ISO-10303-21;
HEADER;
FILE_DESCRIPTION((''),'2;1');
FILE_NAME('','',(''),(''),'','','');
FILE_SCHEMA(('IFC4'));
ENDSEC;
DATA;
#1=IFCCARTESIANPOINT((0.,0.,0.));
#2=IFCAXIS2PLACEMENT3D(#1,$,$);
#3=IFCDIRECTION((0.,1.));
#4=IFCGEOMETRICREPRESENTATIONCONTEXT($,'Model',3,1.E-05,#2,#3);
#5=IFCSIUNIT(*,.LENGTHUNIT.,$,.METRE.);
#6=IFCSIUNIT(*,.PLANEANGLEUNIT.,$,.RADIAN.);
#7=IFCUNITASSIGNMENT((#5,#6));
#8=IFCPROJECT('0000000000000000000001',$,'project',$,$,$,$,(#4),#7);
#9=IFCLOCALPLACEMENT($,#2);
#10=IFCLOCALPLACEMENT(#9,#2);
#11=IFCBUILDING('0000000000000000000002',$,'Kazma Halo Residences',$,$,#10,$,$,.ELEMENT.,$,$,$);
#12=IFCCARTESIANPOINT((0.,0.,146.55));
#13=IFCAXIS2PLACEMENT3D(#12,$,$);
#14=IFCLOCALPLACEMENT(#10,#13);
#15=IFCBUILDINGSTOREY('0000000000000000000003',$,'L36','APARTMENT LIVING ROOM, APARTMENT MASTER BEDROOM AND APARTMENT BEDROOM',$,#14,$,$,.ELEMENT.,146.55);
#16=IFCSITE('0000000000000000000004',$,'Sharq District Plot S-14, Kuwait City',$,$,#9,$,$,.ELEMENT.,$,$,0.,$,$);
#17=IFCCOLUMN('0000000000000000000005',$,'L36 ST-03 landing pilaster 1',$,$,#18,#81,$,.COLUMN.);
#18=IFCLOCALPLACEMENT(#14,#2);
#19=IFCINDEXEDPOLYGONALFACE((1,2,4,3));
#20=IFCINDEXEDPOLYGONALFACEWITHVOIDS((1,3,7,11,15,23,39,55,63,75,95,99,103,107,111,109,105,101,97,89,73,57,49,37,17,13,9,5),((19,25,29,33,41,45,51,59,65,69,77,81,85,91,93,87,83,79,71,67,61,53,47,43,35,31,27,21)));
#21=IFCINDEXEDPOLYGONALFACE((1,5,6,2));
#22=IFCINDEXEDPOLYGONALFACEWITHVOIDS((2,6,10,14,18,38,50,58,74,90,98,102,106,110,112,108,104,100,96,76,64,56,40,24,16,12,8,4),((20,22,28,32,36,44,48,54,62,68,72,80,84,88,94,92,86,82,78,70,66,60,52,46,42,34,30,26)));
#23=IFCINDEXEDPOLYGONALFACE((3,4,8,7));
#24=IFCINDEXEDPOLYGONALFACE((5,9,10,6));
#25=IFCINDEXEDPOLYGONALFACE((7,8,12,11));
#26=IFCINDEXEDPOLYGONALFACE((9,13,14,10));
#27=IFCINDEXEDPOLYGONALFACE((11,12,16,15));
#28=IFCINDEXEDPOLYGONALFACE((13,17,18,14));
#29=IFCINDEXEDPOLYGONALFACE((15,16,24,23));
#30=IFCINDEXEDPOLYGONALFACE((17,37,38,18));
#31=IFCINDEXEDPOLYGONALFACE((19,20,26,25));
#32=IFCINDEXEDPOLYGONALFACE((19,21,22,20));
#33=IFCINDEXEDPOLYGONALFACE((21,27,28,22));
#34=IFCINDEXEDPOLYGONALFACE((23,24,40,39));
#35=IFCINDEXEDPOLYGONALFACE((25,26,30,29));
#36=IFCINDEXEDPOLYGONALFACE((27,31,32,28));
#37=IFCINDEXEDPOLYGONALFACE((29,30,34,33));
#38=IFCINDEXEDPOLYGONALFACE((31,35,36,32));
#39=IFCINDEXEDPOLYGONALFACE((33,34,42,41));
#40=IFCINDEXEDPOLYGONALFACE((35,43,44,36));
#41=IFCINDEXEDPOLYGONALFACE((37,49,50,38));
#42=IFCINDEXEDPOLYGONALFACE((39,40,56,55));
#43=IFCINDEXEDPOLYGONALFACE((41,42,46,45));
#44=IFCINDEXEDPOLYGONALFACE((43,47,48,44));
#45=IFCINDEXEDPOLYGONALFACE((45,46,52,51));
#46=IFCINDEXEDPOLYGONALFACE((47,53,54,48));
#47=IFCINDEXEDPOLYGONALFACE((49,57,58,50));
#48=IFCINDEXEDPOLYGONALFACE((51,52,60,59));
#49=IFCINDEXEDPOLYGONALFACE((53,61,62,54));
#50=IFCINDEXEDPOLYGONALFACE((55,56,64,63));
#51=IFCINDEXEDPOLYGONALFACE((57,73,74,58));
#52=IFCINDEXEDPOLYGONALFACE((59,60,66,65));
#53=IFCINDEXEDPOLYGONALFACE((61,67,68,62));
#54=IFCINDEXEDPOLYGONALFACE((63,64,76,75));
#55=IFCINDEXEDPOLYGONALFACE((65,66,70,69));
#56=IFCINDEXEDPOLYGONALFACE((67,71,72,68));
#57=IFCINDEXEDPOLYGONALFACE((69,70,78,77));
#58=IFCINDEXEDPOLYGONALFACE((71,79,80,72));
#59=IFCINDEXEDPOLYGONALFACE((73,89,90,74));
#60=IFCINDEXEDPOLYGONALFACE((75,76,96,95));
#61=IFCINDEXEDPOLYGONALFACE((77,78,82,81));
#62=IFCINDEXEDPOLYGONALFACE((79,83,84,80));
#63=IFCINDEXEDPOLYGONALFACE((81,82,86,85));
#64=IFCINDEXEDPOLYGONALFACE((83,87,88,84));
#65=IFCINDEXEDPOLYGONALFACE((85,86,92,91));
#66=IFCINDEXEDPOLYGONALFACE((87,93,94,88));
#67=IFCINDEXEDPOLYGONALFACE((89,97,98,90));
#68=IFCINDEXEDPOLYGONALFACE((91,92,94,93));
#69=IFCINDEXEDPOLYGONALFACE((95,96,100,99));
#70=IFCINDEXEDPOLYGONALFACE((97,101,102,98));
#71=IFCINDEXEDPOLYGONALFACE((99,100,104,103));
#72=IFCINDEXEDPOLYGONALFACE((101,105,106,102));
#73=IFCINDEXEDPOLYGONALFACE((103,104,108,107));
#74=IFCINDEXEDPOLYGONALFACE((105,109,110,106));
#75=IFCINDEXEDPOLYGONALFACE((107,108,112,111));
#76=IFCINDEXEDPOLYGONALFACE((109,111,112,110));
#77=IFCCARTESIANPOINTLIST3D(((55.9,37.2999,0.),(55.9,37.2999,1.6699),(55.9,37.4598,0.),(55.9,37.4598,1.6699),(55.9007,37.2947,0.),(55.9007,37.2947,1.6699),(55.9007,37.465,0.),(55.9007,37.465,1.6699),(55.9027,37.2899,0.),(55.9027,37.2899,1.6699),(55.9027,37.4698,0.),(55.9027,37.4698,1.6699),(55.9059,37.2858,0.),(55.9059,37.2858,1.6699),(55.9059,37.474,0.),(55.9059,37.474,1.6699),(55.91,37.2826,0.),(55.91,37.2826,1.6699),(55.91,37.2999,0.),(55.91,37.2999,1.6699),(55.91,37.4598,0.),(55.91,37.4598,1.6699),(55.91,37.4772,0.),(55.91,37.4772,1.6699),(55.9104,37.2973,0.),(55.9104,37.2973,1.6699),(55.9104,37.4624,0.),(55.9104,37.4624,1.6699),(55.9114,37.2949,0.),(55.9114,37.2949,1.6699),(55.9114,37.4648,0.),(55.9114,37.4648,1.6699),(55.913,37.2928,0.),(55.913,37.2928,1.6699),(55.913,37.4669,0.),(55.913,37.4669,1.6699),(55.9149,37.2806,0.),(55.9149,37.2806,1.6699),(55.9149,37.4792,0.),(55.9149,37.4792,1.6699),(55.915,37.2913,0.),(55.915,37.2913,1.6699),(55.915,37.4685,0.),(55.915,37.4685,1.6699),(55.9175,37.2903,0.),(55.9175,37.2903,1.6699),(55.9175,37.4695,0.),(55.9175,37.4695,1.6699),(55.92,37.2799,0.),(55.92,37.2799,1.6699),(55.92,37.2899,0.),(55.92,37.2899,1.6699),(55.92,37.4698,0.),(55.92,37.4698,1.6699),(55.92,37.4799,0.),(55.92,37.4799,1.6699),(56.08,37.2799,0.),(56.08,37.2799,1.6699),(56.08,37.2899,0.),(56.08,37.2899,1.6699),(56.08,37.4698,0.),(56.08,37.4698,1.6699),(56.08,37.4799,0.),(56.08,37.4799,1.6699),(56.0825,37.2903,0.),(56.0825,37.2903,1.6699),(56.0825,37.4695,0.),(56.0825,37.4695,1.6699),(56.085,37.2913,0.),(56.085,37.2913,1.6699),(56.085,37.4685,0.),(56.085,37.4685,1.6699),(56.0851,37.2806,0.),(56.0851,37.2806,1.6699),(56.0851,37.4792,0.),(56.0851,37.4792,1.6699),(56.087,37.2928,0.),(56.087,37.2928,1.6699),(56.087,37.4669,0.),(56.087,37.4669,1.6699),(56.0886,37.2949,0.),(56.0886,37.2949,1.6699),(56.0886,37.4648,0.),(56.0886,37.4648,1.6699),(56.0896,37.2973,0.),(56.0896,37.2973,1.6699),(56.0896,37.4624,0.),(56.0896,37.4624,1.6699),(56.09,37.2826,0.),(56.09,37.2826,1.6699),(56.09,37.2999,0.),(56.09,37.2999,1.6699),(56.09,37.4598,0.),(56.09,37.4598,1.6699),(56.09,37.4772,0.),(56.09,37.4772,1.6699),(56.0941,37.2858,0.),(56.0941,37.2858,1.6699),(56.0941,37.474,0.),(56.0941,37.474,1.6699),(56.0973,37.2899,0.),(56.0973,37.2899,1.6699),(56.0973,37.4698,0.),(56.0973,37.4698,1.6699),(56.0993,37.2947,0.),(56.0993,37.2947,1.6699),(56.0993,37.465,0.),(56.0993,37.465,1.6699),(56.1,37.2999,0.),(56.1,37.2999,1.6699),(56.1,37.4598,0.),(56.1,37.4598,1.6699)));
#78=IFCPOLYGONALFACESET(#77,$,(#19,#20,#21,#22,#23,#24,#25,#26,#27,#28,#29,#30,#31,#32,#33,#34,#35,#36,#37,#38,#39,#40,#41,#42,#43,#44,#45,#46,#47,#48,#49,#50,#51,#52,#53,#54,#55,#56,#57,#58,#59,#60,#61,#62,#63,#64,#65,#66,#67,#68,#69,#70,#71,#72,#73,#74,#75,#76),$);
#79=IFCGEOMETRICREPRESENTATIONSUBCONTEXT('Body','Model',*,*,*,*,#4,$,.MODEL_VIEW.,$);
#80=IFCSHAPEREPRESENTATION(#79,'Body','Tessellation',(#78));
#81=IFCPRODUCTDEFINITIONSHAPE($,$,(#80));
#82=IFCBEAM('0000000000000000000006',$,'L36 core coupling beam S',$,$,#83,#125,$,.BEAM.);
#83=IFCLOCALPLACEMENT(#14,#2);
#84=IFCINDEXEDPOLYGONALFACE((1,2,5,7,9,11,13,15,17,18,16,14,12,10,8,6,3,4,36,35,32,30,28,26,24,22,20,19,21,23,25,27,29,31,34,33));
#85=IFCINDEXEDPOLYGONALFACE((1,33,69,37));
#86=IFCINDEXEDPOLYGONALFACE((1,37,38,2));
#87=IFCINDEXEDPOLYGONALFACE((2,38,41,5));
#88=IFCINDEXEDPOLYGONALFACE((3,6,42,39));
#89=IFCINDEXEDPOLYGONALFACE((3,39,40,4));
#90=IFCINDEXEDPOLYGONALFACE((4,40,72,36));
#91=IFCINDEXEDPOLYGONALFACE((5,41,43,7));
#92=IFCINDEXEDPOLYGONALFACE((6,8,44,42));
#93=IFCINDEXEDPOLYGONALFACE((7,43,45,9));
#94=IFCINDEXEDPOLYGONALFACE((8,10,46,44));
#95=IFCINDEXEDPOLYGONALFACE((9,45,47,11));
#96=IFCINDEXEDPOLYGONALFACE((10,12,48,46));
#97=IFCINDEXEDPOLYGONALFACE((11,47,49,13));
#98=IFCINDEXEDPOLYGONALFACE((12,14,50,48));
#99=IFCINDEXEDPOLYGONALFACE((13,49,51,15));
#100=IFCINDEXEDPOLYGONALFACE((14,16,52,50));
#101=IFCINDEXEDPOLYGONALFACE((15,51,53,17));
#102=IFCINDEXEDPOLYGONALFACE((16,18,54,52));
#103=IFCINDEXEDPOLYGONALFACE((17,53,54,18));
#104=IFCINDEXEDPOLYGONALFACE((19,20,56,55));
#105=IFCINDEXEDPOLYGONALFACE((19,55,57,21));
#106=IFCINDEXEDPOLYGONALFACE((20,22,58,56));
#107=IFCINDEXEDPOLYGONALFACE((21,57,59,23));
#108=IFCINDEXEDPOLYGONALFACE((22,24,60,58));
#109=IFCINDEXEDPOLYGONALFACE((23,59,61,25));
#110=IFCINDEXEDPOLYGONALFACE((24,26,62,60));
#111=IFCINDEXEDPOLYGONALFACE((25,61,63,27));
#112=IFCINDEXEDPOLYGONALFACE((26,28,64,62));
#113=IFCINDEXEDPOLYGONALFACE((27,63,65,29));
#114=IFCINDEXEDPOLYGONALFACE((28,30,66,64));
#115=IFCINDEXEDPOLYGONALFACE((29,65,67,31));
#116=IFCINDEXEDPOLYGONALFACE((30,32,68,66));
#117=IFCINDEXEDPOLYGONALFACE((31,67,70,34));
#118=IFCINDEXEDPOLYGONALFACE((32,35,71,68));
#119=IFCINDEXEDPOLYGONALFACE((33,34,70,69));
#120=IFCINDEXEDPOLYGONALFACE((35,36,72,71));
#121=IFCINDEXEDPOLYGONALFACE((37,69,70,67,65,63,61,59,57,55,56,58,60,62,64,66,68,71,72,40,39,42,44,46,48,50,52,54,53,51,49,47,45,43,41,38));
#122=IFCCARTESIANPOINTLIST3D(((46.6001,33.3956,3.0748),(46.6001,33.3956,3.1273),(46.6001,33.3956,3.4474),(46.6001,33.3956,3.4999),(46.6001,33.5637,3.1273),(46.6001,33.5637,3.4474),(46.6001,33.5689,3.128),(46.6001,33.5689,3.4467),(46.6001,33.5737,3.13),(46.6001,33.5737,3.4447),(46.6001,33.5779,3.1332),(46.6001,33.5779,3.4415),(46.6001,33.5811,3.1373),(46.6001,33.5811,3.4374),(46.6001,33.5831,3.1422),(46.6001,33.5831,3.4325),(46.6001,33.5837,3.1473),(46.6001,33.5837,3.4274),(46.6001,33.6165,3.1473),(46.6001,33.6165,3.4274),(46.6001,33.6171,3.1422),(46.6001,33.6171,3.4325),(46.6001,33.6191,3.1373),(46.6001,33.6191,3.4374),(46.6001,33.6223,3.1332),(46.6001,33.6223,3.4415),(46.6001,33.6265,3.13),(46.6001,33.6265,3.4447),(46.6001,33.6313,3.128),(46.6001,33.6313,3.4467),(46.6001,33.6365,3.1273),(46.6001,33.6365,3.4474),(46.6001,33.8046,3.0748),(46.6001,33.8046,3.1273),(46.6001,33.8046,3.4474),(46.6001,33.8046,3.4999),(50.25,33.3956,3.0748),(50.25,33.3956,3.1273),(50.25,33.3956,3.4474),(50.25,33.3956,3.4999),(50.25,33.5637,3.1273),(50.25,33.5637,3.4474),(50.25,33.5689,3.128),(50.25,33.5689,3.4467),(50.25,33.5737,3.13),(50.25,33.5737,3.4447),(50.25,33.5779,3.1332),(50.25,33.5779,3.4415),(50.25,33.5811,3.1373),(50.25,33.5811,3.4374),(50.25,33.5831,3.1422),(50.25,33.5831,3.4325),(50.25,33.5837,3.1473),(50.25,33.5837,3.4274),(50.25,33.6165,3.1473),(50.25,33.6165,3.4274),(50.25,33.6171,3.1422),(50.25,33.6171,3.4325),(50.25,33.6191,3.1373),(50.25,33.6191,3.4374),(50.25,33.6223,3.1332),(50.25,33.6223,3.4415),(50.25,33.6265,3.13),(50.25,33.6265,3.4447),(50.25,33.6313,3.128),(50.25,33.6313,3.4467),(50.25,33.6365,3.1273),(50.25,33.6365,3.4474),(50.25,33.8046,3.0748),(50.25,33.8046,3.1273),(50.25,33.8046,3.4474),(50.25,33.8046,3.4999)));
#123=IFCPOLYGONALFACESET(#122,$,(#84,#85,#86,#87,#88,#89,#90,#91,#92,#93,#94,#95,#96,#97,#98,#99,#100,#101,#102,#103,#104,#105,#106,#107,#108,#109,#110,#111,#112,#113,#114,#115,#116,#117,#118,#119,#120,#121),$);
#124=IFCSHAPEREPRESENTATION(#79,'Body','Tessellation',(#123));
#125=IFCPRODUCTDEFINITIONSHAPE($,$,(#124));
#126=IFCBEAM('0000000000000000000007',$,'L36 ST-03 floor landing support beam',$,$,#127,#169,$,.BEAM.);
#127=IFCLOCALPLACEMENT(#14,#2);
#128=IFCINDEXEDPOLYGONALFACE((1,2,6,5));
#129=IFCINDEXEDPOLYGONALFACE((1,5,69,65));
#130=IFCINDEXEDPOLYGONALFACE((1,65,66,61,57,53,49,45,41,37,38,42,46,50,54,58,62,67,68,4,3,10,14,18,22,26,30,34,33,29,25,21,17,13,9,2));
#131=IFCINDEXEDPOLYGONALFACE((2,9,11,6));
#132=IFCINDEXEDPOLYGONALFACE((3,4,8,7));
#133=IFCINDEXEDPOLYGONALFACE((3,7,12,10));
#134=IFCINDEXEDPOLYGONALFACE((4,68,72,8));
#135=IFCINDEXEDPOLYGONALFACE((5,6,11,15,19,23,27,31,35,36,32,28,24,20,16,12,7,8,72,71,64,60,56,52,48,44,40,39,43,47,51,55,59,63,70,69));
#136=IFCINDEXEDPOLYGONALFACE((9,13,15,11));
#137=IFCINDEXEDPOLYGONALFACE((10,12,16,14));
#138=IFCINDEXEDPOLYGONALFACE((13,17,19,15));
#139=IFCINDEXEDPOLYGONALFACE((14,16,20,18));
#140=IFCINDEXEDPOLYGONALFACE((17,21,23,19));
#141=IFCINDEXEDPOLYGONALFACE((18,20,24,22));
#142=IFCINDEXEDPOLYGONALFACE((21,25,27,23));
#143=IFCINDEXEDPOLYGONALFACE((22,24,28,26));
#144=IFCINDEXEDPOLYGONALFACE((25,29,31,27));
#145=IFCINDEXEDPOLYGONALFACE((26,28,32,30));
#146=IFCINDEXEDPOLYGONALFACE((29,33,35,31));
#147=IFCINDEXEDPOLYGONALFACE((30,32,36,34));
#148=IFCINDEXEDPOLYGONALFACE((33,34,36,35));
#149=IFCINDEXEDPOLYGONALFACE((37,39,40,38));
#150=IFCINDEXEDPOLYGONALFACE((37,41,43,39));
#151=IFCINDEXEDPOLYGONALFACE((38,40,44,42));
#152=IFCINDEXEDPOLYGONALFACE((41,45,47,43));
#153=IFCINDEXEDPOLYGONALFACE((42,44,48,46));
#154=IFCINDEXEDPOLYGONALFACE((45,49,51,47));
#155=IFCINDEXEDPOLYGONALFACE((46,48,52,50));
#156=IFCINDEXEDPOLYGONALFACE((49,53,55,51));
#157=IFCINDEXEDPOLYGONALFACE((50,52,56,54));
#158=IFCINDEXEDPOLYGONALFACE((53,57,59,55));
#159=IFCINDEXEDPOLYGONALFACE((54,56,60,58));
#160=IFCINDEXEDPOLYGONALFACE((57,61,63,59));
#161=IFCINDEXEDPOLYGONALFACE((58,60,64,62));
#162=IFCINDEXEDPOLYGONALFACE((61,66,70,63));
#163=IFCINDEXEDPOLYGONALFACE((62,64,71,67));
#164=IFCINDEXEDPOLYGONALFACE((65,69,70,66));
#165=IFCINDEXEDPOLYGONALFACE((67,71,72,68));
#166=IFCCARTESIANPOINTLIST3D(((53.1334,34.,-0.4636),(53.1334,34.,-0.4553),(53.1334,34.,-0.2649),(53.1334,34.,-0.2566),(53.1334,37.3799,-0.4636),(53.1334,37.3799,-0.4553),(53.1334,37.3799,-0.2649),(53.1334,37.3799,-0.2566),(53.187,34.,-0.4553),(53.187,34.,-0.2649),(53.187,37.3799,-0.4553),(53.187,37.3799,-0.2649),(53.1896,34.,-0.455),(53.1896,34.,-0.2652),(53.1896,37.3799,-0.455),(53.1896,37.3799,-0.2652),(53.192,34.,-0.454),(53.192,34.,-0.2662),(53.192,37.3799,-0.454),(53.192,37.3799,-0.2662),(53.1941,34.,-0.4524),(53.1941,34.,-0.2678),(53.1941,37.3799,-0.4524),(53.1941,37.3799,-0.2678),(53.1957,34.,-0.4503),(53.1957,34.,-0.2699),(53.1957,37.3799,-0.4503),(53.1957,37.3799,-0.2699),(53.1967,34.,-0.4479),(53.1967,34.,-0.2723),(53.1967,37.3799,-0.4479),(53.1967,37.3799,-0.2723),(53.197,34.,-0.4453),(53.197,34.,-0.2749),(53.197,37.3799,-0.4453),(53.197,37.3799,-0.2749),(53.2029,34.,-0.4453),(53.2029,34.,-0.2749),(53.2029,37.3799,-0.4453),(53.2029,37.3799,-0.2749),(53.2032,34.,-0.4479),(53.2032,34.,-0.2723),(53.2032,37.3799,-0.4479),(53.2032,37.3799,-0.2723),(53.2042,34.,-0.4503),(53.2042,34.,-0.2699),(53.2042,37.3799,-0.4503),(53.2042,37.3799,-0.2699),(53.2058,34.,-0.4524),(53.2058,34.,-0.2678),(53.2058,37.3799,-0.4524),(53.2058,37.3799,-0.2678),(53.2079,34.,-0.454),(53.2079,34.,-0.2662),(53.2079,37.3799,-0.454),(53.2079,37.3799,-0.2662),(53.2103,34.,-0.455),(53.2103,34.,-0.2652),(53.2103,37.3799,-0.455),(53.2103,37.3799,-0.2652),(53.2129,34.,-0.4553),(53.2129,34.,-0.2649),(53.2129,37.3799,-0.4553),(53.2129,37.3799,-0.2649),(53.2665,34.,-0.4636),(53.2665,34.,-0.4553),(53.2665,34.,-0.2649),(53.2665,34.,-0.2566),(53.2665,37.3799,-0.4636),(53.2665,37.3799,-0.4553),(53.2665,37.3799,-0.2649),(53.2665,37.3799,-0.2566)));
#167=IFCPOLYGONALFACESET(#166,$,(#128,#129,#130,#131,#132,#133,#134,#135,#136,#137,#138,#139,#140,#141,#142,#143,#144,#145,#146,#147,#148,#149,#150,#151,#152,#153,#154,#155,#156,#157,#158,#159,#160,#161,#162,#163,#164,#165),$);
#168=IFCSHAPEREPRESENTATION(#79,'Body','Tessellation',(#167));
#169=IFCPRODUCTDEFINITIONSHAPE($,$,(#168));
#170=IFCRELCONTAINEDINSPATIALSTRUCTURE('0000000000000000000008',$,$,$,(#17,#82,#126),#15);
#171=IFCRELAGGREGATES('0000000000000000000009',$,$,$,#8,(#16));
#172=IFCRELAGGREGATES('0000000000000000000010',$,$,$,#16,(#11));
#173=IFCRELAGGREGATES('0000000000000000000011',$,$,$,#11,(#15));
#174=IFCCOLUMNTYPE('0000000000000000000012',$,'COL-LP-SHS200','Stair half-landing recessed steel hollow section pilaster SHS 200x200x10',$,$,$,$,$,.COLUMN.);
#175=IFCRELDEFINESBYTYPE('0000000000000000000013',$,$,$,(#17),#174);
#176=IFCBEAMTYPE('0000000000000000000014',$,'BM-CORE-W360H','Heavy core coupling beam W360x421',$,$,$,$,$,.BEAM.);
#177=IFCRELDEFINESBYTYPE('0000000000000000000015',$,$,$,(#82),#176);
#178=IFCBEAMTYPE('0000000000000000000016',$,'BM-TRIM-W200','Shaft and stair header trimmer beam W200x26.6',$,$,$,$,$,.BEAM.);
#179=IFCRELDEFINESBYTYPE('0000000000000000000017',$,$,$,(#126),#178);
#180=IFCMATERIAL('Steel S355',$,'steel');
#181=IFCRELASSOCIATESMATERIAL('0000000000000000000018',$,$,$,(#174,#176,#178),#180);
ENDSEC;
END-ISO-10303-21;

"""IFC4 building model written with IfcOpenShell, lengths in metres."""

from ifc_helpers import new_model, si_unit, direction, frame, origin, origin_2d, place, context, subcontext, project, spatial, hollow_rectangle, i_section, extrude, material, material_profile, profile_set, type_object, element, save


model = new_model("IFC4")

# Units and contexts
model_context = context("Model", 3, precision=1e-05, world=origin(), true_north=direction((0.0, 1.0)))
body_context = subcontext(model_context, "Body", "Model", "MODEL_VIEW")
ifc_project = project(units=[si_unit("LENGTHUNIT", "METRE"), si_unit("PLANEANGLEUNIT", "RADIAN")], contexts=[model_context])

# Site, building, storey
site_placement = place(None, origin())
site = spatial("IfcSite", under=ifc_project, at=site_placement, Name="Sharq District Plot S-14, Kuwait City", CompositionType="ELEMENT", RefElevation=0.0)
building_placement = place(site_placement, origin())
building = spatial("IfcBuilding", under=site, at=building_placement, Name="Kazma Halo Residences", CompositionType="ELEMENT")
storey_placement = place(building_placement, frame((0.0, 0.0, 146.55)))
storey = spatial("IfcBuildingStorey", under=building, at=storey_placement, Name="L36", Description="APARTMENT LIVING ROOM, APARTMENT MASTER BEDROOM AND APARTMENT BEDROOM", CompositionType="ELEMENT", Elevation=146.55)

# Column
ifc_material_1 = material(Name="Steel S355", Category="steel")
ifc_material_profile_1 = material_profile(ifc_material_1, hollow_rectangle(XDim=0.2, YDim=0.2, WallThickness=0.01, InnerFilletRadius=0.01, OuterFilletRadius=0.02, at=origin_2d()), Name="SHS200x200x10")
ifc_profile_set_1 = profile_set([ifc_material_profile_1], Name="Steel S355")
column_type = type_object("IfcColumnType", Name="COL-LP-SHS200", Description="Stair half-landing recessed steel hollow section pilaster SHS 200x200x10", PredefinedType="COLUMN", material=ifc_profile_set_1)
column_placement = place(storey_placement, frame((56.0, 37.3799, 0.0), z_axis=(0.0, 0.0, 1.0), x_axis=(1.0, 0.0, 0.0)))
element("IfcColumn", 1, at=column_placement, inside=storey, type_object=column_type, Name="L36 ST-03 landing pilaster 1", PredefinedType="COLUMN", context=body_context, shape_type="SweptSolid", body=[
    extrude(hollow_rectangle(XDim=0.2, YDim=0.2, WallThickness=0.01, InnerFilletRadius=0.01, OuterFilletRadius=0.02, at=origin_2d()), origin(), (0.0, 0.0, 1.0), 1.6699),
])

# Beams
ifc_material_profile_2 = material_profile(ifc_material_1, i_section(OverallWidth=0.4089, OverallDepth=0.425, WebThickness=0.0327, FlangeThickness=0.0525, FilletRadius=0.02, at=origin_2d()), Name="W360x421")
ifc_profile_set_2 = profile_set([ifc_material_profile_2], Name="Steel S355")
beam_type_1 = type_object("IfcBeamType", Name="BM-CORE-W360H", Description="Heavy core coupling beam W360x421", PredefinedType="BEAM", material=ifc_profile_set_2)
beam_1_placement = place(storey_placement, frame((46.6001, 33.6001, 3.2874), z_axis=(1.0, 0.0, 0.0), x_axis=(0.0, 1.0, 0.0)))
element("IfcBeam", 2, at=beam_1_placement, inside=storey, type_object=beam_type_1, Name="L36 core coupling beam S", PredefinedType="BEAM", context=body_context, shape_type="SweptSolid", body=[
    extrude(i_section(OverallWidth=0.4089, OverallDepth=0.425, WebThickness=0.0327, FlangeThickness=0.0525, FilletRadius=0.02, at=origin_2d()), origin(), (0.0, 0.0, 1.0), 3.6499),
])
ifc_material_profile_3 = material_profile(ifc_material_1, i_section(OverallWidth=0.1331, OverallDepth=0.207, WebThickness=0.0059, FlangeThickness=0.0083, FilletRadius=0.01, at=origin_2d()), Name="W200x26.6")
ifc_profile_set_3 = profile_set([ifc_material_profile_3], Name="Steel S355")
beam_type_2 = type_object("IfcBeamType", Name="BM-TRIM-W200", Description="Shaft and stair header trimmer beam W200x26.6", PredefinedType="BEAM", material=ifc_profile_set_3)
beam_2_placement = place(storey_placement, frame((53.2, 34.0, -0.3601), z_axis=(0.0, 1.0, 0.0), x_axis=(-1.0, 0.0, 0.0)))
element("IfcBeam", 3, at=beam_2_placement, inside=storey, type_object=beam_type_2, Name="L36 ST-03 floor landing support beam", PredefinedType="BEAM", context=body_context, shape_type="SweptSolid", body=[
    extrude(i_section(OverallWidth=0.1331, OverallDepth=0.207, WebThickness=0.0059, FlangeThickness=0.0083, FilletRadius=0.01, at=origin_2d()), origin(), (0.0, 0.0, 1.0), 3.3799),
])

save(model, "model.ifc")
